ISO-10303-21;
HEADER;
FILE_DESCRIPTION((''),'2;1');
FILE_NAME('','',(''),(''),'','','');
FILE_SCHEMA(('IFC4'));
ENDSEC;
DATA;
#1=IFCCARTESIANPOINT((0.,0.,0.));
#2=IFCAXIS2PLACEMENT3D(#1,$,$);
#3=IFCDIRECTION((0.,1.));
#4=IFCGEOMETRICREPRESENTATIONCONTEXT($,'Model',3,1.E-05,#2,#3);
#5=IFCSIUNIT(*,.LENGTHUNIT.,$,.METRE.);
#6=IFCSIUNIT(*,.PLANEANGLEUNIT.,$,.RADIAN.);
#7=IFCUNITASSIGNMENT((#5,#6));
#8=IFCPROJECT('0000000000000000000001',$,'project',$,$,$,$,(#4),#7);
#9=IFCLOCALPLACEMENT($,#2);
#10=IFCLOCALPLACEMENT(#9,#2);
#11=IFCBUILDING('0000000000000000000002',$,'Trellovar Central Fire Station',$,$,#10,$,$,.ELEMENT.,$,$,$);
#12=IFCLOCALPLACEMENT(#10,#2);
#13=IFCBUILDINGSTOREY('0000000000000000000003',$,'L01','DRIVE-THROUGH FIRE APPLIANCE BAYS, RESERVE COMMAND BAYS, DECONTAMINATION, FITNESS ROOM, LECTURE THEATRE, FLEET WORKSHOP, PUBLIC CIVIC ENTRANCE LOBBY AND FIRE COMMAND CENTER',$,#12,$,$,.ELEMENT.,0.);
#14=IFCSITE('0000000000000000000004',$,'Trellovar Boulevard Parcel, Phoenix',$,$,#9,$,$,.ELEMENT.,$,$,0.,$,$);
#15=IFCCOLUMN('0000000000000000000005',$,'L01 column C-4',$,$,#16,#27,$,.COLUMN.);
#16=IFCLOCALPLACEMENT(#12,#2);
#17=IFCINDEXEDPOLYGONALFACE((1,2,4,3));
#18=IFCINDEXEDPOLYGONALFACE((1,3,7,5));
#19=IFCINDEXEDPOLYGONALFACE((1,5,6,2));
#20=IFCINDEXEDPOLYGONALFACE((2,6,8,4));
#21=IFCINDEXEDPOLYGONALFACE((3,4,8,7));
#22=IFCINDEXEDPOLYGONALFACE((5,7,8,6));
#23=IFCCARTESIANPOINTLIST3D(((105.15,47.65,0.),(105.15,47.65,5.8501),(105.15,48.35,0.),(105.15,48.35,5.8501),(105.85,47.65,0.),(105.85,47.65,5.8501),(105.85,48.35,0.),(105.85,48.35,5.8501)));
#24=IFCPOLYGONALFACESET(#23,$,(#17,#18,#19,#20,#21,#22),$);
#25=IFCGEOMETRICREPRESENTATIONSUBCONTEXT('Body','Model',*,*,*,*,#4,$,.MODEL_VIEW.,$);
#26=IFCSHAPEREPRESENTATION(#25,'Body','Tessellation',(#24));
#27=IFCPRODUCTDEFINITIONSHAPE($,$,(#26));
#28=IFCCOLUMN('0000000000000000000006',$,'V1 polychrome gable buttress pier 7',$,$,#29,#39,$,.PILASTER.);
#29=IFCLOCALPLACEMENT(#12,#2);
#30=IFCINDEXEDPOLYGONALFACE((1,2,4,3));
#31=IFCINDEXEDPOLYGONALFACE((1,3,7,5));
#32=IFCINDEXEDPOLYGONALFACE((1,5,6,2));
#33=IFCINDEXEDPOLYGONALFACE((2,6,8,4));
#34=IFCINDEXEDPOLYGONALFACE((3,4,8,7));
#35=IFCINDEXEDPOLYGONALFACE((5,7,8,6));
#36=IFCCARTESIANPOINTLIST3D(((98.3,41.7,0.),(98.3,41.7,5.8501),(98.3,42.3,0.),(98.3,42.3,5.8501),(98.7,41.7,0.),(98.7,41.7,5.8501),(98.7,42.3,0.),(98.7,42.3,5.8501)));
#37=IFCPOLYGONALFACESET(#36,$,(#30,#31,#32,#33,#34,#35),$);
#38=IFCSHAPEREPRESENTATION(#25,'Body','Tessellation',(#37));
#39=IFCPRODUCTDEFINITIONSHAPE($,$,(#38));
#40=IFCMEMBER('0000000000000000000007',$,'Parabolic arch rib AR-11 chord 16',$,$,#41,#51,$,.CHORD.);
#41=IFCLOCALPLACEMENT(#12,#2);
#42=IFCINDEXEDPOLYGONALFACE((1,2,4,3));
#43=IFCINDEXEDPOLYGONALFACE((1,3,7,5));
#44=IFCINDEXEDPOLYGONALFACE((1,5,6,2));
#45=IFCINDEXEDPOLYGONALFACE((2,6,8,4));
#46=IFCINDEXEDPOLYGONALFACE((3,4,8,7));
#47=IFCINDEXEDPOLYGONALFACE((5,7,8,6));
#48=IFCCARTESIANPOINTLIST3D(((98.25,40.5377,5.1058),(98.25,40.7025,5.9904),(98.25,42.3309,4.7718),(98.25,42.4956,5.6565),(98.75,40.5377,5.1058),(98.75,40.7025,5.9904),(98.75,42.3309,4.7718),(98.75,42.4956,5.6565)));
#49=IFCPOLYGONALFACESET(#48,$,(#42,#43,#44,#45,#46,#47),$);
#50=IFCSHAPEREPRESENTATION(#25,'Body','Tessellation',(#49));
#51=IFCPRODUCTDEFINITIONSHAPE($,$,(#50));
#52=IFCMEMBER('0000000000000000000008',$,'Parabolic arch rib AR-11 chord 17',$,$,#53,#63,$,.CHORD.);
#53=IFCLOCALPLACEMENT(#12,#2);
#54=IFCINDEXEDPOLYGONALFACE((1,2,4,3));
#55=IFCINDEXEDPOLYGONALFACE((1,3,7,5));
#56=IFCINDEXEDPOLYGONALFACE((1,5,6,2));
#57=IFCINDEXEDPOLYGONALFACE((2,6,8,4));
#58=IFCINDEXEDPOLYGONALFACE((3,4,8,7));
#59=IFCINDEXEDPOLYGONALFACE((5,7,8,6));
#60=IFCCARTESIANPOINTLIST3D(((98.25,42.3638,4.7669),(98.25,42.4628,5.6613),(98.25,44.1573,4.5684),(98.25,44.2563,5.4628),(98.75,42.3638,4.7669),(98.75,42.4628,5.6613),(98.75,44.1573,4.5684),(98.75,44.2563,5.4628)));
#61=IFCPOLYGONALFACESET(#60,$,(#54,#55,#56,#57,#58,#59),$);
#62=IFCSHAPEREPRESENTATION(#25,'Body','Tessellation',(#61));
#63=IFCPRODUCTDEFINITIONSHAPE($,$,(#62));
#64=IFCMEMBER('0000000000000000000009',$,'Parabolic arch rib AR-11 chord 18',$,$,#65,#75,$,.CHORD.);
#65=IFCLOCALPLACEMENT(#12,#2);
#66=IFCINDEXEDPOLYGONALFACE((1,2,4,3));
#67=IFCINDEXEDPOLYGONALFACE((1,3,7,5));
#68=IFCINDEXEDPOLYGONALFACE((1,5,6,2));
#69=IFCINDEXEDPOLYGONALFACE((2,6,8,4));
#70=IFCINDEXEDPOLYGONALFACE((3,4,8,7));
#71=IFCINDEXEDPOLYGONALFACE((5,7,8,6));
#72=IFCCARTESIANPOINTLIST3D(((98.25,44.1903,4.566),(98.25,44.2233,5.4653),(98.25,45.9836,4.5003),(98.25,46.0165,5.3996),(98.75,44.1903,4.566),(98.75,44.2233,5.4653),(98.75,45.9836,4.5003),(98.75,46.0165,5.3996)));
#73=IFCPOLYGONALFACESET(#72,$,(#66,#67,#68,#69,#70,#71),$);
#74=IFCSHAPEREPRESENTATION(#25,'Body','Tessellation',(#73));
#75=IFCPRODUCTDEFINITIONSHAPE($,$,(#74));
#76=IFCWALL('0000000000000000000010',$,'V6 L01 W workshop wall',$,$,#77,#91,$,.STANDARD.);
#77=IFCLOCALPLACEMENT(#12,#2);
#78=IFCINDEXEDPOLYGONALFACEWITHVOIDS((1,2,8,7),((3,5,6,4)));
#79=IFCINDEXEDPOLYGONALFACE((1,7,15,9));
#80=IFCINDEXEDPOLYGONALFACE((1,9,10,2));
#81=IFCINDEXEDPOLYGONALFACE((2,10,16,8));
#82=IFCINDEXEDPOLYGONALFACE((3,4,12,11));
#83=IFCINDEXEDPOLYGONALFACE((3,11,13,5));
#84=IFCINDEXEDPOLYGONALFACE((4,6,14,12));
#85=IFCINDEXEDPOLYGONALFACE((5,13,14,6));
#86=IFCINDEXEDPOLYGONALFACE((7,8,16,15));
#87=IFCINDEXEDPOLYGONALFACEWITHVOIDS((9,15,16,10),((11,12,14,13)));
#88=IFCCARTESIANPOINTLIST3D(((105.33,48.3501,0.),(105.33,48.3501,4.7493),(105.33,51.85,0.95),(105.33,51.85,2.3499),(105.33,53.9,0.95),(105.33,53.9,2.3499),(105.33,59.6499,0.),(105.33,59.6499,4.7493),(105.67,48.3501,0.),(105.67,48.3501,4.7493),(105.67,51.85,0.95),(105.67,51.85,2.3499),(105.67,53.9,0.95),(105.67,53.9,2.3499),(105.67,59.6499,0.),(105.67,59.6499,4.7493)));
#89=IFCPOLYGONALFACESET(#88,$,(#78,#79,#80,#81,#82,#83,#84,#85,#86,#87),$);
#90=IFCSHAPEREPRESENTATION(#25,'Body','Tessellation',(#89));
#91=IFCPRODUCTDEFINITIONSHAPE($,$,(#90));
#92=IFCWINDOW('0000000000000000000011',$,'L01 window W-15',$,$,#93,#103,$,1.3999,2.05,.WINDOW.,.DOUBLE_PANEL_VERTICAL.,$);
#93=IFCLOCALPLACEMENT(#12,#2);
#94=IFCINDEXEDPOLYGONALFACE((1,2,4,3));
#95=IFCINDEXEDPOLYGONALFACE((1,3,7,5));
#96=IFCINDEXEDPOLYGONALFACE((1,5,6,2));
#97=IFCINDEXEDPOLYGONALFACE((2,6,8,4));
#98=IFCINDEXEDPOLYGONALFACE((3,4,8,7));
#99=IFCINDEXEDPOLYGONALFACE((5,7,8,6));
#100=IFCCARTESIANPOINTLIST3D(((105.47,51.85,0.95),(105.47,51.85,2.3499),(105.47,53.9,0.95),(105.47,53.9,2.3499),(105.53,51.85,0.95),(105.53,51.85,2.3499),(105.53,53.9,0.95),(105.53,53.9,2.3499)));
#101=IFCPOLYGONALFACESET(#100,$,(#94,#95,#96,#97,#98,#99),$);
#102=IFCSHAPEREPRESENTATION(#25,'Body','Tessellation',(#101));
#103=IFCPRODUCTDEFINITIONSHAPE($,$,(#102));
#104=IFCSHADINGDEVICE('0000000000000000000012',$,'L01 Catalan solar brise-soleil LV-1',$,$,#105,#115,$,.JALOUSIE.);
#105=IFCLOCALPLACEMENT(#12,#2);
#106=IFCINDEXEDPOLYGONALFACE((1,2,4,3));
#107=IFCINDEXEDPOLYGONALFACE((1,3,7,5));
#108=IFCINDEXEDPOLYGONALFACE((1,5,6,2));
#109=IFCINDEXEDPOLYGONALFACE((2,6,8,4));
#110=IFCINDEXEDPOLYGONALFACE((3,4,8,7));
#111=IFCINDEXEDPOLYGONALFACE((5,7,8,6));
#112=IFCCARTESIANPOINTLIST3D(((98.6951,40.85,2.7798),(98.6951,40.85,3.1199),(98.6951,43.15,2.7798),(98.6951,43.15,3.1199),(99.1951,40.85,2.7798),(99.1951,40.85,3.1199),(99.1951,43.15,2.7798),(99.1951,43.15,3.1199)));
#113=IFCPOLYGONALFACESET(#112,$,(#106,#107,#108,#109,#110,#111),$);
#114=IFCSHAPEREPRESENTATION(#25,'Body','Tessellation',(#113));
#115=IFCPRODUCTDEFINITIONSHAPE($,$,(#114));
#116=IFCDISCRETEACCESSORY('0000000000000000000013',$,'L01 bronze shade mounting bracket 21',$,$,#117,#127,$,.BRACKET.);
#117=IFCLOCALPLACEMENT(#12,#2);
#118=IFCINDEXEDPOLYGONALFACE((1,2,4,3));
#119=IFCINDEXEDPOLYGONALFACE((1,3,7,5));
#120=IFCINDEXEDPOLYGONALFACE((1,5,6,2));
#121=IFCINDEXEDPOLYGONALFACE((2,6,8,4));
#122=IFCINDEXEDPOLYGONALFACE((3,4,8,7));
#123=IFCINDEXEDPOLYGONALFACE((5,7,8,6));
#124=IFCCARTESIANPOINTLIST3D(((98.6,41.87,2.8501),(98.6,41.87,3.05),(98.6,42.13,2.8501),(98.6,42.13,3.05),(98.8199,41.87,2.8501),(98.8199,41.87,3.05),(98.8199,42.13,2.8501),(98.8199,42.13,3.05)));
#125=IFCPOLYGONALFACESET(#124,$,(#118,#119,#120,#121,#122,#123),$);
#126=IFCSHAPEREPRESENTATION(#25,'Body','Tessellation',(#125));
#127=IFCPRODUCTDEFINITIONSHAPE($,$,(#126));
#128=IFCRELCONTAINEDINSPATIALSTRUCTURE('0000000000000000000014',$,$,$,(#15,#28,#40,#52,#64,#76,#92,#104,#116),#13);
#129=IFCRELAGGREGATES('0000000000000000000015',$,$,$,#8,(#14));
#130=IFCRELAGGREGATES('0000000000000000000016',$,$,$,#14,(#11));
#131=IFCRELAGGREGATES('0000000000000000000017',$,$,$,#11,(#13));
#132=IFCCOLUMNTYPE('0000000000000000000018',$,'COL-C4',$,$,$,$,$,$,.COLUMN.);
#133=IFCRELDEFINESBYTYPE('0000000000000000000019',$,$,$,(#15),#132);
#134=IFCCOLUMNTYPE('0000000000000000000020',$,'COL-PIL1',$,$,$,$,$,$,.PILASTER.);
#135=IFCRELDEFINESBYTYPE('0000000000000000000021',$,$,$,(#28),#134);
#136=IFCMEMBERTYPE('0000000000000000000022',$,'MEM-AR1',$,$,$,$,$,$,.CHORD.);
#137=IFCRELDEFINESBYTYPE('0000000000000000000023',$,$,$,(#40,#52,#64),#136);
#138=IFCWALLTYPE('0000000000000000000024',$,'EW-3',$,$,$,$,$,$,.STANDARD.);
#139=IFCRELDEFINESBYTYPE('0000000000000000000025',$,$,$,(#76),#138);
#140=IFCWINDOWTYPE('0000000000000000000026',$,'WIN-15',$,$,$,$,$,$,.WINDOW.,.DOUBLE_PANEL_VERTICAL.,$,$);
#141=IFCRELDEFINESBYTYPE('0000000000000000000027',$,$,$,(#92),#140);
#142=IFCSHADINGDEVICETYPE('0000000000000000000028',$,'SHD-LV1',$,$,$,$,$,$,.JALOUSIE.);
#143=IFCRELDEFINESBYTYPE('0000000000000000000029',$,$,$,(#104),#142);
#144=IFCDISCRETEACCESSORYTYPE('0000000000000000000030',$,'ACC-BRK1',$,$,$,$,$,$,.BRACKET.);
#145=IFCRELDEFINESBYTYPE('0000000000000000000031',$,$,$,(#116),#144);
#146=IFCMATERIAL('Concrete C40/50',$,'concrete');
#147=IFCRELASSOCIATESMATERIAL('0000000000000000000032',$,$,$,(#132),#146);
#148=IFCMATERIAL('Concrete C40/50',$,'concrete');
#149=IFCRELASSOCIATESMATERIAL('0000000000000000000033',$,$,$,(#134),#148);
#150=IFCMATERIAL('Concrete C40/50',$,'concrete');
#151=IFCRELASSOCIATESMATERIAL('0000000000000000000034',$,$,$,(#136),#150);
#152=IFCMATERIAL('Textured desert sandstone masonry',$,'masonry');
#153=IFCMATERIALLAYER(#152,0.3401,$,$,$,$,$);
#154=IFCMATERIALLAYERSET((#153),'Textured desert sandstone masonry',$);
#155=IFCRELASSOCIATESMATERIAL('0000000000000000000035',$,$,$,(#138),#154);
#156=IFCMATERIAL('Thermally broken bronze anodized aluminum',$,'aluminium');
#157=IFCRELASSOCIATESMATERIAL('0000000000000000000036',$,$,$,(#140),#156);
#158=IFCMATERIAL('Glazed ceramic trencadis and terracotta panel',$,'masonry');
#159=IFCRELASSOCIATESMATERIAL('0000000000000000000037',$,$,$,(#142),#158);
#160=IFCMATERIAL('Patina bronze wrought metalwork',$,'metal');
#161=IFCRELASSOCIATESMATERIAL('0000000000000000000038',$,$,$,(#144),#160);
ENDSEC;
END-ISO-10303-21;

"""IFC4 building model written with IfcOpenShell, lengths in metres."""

from ifc_helpers import new_model, si_unit, direction, frame, frame_2d, origin, origin_2d, place, context, subcontext, project, spatial, rectangle, extrude, material, layer, layer_set, material_profile, profile_set, type_object, element, fill, save


model = new_model("IFC4")

# Units and contexts
model_context = context("Model", 3, precision=1e-05, world=origin(), true_north=direction((0.0, 1.0)))
body_context = subcontext(model_context, "Body", "Model", "MODEL_VIEW")
ifc_project = project(units=[si_unit("LENGTHUNIT", "METRE"), si_unit("PLANEANGLEUNIT", "RADIAN")], contexts=[model_context])

# Site, building, storey
site_placement = place(None, origin())
site = spatial("IfcSite", under=ifc_project, at=site_placement, Name="Trellovar Boulevard Parcel, Phoenix", CompositionType="ELEMENT", RefElevation=0.0)
building_placement = place(site_placement, origin())
building = spatial("IfcBuilding", under=site, at=building_placement, Name="Trellovar Central Fire Station", CompositionType="ELEMENT")
storey_placement = place(building_placement, origin())
storey = spatial("IfcBuildingStorey", under=building, at=storey_placement, Name="L01", Description="DRIVE-THROUGH FIRE APPLIANCE BAYS, RESERVE COMMAND BAYS, DECONTAMINATION, FITNESS ROOM, LECTURE THEATRE, FLEET WORKSHOP, PUBLIC CIVIC ENTRANCE LOBBY AND FIRE COMMAND CENTER", CompositionType="ELEMENT", Elevation=0.0)

# Columns
ifc_material_1 = material(Name="Concrete C40/50", Category="concrete")
ifc_material_profile_1 = material_profile(ifc_material_1, rectangle(XDim=0.7, YDim=0.7, at=origin_2d()), Name="RC700X700")
ifc_profile_set_1 = profile_set([ifc_material_profile_1], Name="Concrete C40/50")
column_type_1 = type_object("IfcColumnType", Name="COL-C4", PredefinedType="COLUMN", material=ifc_profile_set_1)
column_1_placement = place(storey_placement, frame((105.5, 48.0, 0.0), z_axis=(0.0, 0.0, 1.0), x_axis=(1.0, 0.0, 0.0)))
element("IfcColumn", 1, at=column_1_placement, inside=storey, type_object=column_type_1, Name="L01 column C-4", PredefinedType="COLUMN", context=body_context, shape_type="SweptSolid", body=[
    extrude(rectangle(XDim=0.7, YDim=0.7, at=origin_2d()), origin(), (0.0, 0.0, 1.0), 5.8501),
])
ifc_material_2 = material(Name="Concrete C40/50", Category="concrete")
ifc_material_profile_2 = material_profile(ifc_material_2, rectangle(XDim=0.3999, YDim=0.6001, at=origin_2d()), Name="RC400X600")
ifc_profile_set_2 = profile_set([ifc_material_profile_2], Name="Concrete C40/50")
column_type_2 = type_object("IfcColumnType", Name="COL-PIL1", PredefinedType="PILASTER", material=ifc_profile_set_2)
column_2_placement = place(storey_placement, frame((98.5, 42.0, 0.0), z_axis=(0.0, 0.0, 1.0), x_axis=(1.0, 0.0, 0.0)))
element("IfcColumn", 2, at=column_2_placement, inside=storey, type_object=column_type_2, Name="V1 polychrome gable buttress pier 7", PredefinedType="PILASTER", context=body_context, shape_type="SweptSolid", body=[
    extrude(rectangle(XDim=0.3999, YDim=0.6001, at=origin_2d()), origin(), (0.0, 0.0, 1.0), 5.8501),
])

# Members
ifc_material_3 = material(Name="Concrete C40/50", Category="concrete")
ifc_material_profile_3 = material_profile(ifc_material_3, rectangle(XDim=0.5, YDim=0.8999, at=origin_2d()), Name="RC500X900")
ifc_profile_set_3 = profile_set([ifc_material_profile_3], Name="Concrete C40/50")
member_type = type_object("IfcMemberType", Name="MEM-AR1", PredefinedType="CHORD", material=ifc_profile_set_3)
member_1_placement = place(storey_placement, frame((98.5, 40.6201, 5.5481), z_axis=(0.0, 0.983094, -0.1831), x_axis=(-1.0, 0.0, 0.0)))
element("IfcMember", 3, at=member_1_placement, inside=storey, type_object=member_type, Name="Parabolic arch rib AR-11 chord 16", PredefinedType="CHORD", context=body_context, shape_type="SweptSolid", body=[
    extrude(rectangle(XDim=0.5, YDim=0.8999, at=origin_2d()), origin(), (0.0, 0.0, 1.0), 1.824),
])
member_2_placement = place(storey_placement, frame((98.5, 42.4133, 5.2141), z_axis=(0.0, 0.993931, -0.110001), x_axis=(-1.0, 0.0, 0.0)))
element("IfcMember", 4, at=member_2_placement, inside=storey, type_object=member_type, Name="Parabolic arch rib AR-11 chord 17", PredefinedType="CHORD", context=body_context, shape_type="SweptSolid", body=[
    extrude(rectangle(XDim=0.5, YDim=0.8999, at=origin_2d()), origin(), (0.0, 0.0, 1.0), 1.8044),
])
member_3_placement = place(storey_placement, frame((98.5, 44.2068, 5.0156), z_axis=(0.0, 0.99933, -0.036599), x_axis=(-1.0, 0.0, 0.0)))
element("IfcMember", 5, at=member_3_placement, inside=storey, type_object=member_type, Name="Parabolic arch rib AR-11 chord 18", PredefinedType="CHORD", context=body_context, shape_type="SweptSolid", body=[
    extrude(rectangle(XDim=0.5, YDim=0.8999, at=origin_2d()), origin(), (0.0, 0.0, 1.0), 1.7944),
])

# Wall, opening, window
ifc_material_4 = material(Name="Textured desert sandstone masonry", Category="masonry")
ifc_layer_1 = layer(ifc_material_4, 0.3401)
ifc_layer_set_1 = layer_set([ifc_layer_1], Name="Textured desert sandstone masonry")
wall_type_1 = type_object("IfcWallType", Name="EW-3", PredefinedType="STANDARD", material=ifc_layer_set_1)
wall_1_placement = place(storey_placement, frame((105.5, 48.3501, 0.0), z_axis=(0.0, 0.0, 1.0), x_axis=(0.0, 1.0, 0.0)))
wall_1 = element("IfcWall", 6, at=wall_1_placement, inside=storey, type_object=wall_type_1, Name="V6 L01 W workshop wall", PredefinedType="STANDARD", context=body_context, shape_type="SweptSolid", body=[
    extrude(rectangle(XDim=11.2998, YDim=0.3401, at=frame_2d((5.6499, 0.0))), origin(), (0.0, 0.0, 1.0), 4.7493),
])
opening_1_placement = place(wall_1_placement, frame((3.5, 0.0, 0.95)))
opening_1 = element("IfcOpeningElement", 7, at=opening_1_placement, cuts=wall_1, PredefinedType="OPENING", context=body_context, shape_type="SweptSolid", body=[
    extrude(rectangle(XDim=2.05, YDim=1.3999, at=frame_2d((1.0249, 0.7))), frame((0.0, 0.1799, 0.0), z_axis=(0.0, -1.0, 0.0), x_axis=(1.0, 0.0, 0.0)), (0.0, 0.0, 1.0), 0.3601),
])
ifc_material_5 = material(Name="Thermally broken bronze anodized aluminum", Category="aluminium")
window_type = type_object("IfcWindowType", Name="WIN-15", PartitioningType="DOUBLE_PANEL_VERTICAL", PredefinedType="WINDOW", material=ifc_material_5)
window_placement = place(opening_1_placement, origin())
window = element("IfcWindow", 8, at=window_placement, inside=storey, type_object=window_type, Name="L01 window W-15", OverallHeight=1.3999, OverallWidth=2.05, PartitioningType="DOUBLE_PANEL_VERTICAL", PredefinedType="WINDOW", context=body_context, shape_type="SweptSolid", body=[
    extrude(rectangle(XDim=2.05, YDim=1.3999, at=frame_2d((1.0249, 0.7))), frame((0.0, 0.03, 0.0), z_axis=(0.0, -1.0, 0.0), x_axis=(1.0, 0.0, 0.0)), (0.0, 0.0, 1.0), 0.0601),
])
fill(opening_1, window)

# Shading device
ifc_material_6 = material(Name="Glazed ceramic trencadis and terracotta panel", Category="masonry")
shading_device_type = type_object("IfcShadingDeviceType", Name="SHD-LV1", PredefinedType="JALOUSIE", material=ifc_material_6)
shading_device_placement = place(storey_placement, frame((98.9451, 42.0, 2.7798), z_axis=(0.0, 0.0, 1.0), x_axis=(0.0, 1.0, 0.0)))
element("IfcShadingDevice", 9, at=shading_device_placement, inside=storey, type_object=shading_device_type, Name="L01 Catalan solar brise-soleil LV-1", PredefinedType="JALOUSIE", context=body_context, shape_type="SweptSolid", body=[
    extrude(rectangle(XDim=2.3, YDim=0.5, at=origin_2d()), origin(), (0.0, 0.0, 1.0), 0.3401),
])

# Discrete accessory
ifc_material_7 = material(Name="Patina bronze wrought metalwork", Category="metal")
discrete_accessory_type = type_object("IfcDiscreteAccessoryType", Name="ACC-BRK1", PredefinedType="BRACKET", material=ifc_material_7)
discrete_accessory_placement = place(storey_placement, frame((98.71, 42.0, 2.8501), z_axis=(0.0, 0.0, 1.0), x_axis=(0.0, 1.0, 0.0)))
element("IfcDiscreteAccessory", 10, at=discrete_accessory_placement, inside=storey, type_object=discrete_accessory_type, Name="L01 bronze shade mounting bracket 21", PredefinedType="BRACKET", context=body_context, shape_type="SweptSolid", body=[
    extrude(rectangle(XDim=0.26, YDim=0.22, at=origin_2d()), origin(), (0.0, 0.0, 1.0), 0.2),
])

save(model, "model.ifc")
